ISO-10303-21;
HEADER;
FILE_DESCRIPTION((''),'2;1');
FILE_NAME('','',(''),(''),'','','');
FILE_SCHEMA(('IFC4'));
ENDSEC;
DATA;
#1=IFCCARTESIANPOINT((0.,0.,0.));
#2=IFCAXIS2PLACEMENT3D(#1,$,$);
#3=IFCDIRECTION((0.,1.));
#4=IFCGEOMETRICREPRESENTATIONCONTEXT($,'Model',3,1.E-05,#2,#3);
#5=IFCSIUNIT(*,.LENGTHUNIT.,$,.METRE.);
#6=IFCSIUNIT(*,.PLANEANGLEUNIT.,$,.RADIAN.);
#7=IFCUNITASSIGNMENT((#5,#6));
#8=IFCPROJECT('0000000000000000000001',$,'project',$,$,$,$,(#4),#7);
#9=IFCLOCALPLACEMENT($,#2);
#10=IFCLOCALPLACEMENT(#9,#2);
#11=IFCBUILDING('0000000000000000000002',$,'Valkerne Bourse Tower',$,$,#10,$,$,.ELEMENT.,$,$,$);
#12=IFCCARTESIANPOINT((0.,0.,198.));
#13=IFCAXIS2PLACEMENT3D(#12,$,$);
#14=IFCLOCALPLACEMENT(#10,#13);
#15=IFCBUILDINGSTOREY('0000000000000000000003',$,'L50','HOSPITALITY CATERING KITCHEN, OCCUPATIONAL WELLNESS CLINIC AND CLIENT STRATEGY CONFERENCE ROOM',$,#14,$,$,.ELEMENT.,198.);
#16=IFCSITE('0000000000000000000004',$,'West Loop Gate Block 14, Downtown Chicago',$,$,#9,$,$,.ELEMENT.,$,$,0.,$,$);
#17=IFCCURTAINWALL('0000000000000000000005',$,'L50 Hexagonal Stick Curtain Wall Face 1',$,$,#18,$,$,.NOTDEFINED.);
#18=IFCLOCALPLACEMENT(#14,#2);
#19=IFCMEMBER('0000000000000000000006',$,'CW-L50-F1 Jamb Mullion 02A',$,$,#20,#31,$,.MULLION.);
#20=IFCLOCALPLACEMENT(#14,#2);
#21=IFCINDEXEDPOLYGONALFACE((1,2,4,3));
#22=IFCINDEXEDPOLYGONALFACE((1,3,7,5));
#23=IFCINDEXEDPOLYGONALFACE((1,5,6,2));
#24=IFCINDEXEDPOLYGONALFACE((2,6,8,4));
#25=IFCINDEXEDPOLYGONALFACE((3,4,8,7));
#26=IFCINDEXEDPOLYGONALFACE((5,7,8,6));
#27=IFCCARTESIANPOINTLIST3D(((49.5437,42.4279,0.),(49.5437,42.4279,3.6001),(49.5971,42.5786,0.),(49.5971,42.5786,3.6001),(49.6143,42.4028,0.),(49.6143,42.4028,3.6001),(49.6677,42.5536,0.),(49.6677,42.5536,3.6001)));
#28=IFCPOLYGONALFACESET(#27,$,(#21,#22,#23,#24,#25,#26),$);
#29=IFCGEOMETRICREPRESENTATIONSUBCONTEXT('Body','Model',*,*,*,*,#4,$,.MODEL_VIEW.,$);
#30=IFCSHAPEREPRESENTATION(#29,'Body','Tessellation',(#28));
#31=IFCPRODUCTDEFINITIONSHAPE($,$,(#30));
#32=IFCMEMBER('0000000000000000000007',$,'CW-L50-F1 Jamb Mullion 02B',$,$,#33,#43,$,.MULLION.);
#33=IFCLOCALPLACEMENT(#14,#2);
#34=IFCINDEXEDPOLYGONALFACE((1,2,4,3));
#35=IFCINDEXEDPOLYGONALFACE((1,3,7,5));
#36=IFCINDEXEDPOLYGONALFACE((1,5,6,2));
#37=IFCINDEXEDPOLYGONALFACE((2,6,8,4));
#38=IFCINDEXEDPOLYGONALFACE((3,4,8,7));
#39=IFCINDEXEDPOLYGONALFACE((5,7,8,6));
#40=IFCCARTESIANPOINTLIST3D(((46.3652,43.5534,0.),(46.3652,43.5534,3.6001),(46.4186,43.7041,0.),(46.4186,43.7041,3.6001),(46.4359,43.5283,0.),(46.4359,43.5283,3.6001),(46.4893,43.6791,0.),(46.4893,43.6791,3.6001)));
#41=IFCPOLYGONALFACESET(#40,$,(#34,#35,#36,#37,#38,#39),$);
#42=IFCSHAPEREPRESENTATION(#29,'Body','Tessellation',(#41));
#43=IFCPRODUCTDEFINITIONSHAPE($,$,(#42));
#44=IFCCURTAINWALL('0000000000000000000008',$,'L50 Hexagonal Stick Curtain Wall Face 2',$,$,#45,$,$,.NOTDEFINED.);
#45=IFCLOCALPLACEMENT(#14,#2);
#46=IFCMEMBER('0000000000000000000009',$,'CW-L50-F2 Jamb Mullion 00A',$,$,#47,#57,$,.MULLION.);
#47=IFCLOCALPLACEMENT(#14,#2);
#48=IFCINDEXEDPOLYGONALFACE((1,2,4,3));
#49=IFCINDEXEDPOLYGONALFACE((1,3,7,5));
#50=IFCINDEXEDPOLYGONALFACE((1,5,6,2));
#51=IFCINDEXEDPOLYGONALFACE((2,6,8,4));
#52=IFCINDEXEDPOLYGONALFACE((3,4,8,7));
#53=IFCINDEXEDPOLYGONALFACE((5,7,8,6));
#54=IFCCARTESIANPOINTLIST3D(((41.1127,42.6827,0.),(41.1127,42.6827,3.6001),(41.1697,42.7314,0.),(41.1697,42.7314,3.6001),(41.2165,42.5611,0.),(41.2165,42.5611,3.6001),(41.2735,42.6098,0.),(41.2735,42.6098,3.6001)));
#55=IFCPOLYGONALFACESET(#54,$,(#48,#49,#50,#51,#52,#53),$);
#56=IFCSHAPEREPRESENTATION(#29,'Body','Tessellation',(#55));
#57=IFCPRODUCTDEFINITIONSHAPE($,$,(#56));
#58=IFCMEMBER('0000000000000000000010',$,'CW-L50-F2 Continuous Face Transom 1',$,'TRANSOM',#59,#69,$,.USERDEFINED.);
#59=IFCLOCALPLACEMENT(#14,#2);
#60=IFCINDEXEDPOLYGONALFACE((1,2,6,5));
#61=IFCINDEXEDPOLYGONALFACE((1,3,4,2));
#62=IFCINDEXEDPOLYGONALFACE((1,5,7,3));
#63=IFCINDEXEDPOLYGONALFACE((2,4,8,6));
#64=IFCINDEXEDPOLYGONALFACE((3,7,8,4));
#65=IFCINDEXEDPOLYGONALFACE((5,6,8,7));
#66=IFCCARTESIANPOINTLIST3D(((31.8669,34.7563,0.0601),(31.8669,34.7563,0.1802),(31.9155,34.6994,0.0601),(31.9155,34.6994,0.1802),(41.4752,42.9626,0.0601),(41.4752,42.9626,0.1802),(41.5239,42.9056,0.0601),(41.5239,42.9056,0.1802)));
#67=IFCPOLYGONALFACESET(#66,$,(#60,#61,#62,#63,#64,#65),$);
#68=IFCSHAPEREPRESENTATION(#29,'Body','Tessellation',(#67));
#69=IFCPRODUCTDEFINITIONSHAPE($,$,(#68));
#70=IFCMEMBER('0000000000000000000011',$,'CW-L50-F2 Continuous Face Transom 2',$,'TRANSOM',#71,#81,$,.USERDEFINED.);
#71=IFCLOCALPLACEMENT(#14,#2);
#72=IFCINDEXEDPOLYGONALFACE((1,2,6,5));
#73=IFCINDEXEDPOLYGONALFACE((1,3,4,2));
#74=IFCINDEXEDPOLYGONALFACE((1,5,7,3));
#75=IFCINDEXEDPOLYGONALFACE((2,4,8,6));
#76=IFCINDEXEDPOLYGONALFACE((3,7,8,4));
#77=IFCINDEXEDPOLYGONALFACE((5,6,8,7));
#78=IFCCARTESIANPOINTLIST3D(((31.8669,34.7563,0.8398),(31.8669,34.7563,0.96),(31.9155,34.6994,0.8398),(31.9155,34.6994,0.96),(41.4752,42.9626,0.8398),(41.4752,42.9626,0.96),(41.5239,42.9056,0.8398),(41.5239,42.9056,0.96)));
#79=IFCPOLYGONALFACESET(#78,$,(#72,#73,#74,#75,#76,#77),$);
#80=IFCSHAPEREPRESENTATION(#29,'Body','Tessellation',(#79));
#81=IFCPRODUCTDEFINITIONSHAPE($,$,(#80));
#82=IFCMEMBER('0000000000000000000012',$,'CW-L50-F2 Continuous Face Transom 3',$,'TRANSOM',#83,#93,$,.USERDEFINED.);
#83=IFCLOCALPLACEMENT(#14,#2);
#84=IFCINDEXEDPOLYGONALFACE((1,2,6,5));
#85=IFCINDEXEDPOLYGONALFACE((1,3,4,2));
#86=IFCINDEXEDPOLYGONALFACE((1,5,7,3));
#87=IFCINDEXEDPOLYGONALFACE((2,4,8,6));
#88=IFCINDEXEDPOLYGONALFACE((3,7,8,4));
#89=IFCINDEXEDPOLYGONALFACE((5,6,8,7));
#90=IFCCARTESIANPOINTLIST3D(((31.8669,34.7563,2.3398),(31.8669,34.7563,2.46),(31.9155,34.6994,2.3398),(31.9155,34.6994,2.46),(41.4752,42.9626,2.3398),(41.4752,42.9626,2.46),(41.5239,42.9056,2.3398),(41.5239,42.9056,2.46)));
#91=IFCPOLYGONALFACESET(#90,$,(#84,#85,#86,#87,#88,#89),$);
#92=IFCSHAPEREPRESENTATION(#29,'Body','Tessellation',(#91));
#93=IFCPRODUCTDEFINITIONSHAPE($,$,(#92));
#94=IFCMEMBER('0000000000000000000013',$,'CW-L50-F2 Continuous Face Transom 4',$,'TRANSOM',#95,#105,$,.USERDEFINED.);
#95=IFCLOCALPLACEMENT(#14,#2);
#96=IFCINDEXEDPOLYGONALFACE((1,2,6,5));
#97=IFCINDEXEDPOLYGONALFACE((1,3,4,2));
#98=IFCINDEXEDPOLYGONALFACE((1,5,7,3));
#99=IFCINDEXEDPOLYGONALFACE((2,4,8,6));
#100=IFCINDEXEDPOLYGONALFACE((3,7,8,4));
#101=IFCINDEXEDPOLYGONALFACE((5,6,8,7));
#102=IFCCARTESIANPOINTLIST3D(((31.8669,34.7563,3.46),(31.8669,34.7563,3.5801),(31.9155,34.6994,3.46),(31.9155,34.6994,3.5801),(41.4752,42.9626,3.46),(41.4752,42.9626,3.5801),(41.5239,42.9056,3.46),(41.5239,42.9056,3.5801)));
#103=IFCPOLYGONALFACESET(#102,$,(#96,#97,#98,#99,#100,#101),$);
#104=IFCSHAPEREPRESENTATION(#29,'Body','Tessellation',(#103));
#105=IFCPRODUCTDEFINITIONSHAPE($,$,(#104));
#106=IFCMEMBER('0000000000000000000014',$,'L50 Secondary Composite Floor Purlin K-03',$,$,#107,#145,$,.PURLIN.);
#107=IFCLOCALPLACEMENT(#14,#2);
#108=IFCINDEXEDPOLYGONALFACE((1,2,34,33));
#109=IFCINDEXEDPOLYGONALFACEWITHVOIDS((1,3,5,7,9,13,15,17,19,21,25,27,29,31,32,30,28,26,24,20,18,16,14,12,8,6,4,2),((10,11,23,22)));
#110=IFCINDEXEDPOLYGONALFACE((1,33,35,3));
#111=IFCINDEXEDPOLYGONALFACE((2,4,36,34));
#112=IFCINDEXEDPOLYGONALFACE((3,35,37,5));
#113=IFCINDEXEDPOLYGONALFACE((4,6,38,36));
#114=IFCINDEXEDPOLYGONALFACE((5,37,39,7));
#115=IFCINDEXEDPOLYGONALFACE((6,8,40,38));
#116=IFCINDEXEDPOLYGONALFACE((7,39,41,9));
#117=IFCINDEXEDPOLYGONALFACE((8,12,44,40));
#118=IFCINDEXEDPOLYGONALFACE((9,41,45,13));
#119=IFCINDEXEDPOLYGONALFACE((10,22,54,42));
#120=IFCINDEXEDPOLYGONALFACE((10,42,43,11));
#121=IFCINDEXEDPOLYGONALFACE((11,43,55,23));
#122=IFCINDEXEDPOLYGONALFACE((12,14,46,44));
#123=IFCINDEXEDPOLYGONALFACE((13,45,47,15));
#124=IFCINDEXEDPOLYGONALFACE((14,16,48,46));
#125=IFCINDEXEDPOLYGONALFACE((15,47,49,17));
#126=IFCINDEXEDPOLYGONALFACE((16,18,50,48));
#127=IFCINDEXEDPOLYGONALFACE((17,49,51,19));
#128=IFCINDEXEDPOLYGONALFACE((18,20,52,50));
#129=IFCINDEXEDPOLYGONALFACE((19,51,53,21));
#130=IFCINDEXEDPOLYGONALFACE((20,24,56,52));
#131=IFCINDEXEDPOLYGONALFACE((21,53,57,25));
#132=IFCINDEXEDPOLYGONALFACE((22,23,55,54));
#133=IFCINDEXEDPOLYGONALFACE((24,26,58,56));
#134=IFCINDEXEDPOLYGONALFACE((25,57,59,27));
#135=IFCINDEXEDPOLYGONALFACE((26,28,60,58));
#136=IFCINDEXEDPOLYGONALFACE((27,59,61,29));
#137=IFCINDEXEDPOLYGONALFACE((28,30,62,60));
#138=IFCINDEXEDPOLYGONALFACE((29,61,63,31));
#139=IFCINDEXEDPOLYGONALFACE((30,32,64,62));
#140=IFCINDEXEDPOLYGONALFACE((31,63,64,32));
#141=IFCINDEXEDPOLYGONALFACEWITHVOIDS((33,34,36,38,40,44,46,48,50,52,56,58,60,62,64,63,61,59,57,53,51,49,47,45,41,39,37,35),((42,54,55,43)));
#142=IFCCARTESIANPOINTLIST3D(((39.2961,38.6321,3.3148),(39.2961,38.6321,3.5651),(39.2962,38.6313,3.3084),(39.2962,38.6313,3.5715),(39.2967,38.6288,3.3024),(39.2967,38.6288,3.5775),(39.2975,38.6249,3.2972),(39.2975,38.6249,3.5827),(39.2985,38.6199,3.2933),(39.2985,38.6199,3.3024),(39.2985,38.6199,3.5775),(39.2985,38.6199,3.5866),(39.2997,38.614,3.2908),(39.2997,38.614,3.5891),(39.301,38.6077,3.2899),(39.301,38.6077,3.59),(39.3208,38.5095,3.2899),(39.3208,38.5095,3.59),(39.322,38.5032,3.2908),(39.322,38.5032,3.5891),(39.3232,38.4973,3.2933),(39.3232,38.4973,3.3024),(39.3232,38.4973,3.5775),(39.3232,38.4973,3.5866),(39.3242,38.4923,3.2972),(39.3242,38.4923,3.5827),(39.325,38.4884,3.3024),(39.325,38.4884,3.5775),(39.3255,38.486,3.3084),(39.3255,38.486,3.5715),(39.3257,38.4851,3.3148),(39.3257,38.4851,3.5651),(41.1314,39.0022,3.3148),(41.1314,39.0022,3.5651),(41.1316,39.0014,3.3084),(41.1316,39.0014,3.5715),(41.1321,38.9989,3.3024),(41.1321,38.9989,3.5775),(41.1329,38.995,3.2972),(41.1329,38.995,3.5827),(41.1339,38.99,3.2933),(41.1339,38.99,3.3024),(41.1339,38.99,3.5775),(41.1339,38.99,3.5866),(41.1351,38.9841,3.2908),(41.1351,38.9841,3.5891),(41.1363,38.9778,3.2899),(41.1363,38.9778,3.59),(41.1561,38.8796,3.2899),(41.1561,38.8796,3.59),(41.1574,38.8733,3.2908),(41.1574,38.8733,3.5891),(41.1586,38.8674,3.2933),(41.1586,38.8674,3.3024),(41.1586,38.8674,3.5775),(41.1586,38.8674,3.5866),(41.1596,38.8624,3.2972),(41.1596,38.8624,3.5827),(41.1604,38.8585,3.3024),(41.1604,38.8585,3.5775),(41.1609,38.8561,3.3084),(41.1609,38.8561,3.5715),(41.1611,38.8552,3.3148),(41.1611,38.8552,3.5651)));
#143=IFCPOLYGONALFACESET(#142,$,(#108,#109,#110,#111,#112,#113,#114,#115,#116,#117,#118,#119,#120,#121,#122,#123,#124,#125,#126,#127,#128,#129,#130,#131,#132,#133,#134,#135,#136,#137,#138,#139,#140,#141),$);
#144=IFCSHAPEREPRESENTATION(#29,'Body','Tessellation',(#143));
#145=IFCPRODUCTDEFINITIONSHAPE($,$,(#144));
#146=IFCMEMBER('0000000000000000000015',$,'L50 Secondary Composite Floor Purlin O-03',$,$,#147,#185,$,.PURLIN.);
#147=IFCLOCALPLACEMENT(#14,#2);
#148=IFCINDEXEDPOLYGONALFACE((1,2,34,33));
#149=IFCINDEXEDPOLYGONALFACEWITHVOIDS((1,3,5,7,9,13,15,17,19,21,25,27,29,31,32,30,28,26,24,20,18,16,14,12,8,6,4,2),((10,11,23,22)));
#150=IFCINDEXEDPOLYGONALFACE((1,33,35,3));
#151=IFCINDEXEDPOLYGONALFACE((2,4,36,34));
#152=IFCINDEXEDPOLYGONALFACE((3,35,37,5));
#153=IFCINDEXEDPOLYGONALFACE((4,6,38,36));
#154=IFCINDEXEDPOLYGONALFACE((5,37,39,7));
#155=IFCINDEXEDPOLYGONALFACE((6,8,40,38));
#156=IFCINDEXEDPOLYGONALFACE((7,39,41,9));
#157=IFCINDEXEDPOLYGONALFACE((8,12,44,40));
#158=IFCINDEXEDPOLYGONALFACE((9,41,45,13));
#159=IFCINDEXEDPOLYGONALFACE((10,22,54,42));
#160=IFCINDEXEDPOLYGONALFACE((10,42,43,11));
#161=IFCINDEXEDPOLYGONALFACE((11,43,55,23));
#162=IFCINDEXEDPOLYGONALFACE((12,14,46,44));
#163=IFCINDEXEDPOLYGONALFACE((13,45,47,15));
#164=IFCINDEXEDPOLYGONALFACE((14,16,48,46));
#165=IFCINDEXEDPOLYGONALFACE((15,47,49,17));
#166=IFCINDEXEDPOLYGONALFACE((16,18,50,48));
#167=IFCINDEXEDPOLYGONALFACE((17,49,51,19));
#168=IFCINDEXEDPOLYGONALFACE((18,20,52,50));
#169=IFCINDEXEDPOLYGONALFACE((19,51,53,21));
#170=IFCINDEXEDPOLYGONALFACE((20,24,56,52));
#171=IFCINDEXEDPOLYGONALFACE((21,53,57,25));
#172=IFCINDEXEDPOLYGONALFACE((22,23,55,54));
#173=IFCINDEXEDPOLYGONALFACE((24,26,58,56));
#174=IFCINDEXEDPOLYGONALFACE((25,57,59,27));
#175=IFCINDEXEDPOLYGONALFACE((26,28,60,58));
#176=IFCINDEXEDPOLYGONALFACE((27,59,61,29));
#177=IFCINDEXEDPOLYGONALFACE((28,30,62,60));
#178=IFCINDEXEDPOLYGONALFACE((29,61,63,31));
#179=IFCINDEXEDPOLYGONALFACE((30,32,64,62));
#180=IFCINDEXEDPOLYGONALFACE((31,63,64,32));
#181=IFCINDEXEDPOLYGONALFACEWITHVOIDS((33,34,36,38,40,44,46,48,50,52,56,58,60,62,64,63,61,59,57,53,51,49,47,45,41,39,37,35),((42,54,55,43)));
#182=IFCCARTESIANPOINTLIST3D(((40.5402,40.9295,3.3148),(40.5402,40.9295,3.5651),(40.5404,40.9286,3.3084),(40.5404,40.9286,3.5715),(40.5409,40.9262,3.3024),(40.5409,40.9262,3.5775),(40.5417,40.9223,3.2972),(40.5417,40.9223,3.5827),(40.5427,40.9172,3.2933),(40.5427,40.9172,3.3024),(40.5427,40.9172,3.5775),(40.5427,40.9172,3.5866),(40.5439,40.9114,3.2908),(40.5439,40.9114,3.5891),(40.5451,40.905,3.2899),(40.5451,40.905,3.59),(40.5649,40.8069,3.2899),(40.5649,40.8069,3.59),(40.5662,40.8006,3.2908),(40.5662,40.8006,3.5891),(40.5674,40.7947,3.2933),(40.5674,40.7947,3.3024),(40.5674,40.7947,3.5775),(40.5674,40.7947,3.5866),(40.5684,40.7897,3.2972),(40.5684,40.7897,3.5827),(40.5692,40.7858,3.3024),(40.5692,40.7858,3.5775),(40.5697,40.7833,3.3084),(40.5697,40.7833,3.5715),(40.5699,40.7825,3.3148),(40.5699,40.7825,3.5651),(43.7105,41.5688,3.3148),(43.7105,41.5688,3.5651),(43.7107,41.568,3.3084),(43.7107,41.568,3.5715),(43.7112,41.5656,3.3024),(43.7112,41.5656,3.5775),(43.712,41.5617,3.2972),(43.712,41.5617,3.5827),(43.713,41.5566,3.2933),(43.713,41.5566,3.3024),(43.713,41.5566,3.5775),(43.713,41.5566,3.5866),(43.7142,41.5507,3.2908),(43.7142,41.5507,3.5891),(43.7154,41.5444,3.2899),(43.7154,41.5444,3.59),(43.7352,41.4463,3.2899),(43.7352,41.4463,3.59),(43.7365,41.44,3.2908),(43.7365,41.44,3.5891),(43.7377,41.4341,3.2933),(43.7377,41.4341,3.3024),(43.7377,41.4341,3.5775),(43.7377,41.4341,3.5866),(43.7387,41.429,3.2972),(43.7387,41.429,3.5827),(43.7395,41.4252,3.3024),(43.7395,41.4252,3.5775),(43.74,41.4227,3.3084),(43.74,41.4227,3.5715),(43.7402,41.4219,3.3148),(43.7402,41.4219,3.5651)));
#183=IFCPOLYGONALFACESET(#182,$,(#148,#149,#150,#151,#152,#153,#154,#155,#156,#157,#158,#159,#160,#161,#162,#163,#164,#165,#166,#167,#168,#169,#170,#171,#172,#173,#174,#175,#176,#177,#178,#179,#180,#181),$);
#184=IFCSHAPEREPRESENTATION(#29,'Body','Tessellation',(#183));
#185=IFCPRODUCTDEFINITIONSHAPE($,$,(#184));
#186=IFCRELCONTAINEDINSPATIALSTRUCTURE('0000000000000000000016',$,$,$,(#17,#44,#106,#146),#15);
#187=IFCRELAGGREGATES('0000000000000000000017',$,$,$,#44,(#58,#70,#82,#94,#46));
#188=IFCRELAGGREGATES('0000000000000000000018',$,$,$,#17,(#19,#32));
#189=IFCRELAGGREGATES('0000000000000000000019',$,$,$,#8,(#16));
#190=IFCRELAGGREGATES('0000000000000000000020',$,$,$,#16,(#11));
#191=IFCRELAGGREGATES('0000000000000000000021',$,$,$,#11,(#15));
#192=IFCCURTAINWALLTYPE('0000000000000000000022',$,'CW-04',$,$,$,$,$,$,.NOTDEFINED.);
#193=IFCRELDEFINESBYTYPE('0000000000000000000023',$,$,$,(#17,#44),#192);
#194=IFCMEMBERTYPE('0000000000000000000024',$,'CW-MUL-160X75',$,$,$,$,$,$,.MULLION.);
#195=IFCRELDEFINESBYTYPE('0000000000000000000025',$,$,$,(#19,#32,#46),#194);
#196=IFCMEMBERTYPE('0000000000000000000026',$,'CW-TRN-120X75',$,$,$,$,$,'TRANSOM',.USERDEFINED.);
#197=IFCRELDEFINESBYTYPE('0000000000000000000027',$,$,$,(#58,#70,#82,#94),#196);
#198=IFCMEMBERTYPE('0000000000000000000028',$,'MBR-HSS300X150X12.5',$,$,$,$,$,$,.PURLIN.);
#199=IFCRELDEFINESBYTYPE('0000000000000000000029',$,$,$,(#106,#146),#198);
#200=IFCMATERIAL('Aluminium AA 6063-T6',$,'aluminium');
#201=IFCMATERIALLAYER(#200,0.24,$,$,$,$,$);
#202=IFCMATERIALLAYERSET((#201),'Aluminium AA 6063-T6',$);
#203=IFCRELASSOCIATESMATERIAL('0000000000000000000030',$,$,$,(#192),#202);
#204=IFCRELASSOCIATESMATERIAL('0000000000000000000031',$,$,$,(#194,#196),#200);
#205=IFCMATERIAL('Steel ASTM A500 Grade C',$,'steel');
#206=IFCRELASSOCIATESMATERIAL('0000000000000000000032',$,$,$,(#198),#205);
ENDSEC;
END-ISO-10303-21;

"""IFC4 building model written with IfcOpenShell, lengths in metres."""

from ifc_helpers import new_model, si_unit, direction, frame, origin, origin_2d, place, context, subcontext, project, spatial, rectangle, hollow_rectangle, extrude, material, layer, layer_set, material_profile, profile_set, type_object, element, aggregate, save


model = new_model("IFC4")

# Units and contexts
model_context = context("Model", 3, precision=1e-05, world=origin(), true_north=direction((0.0, 1.0)))
body_context = subcontext(model_context, "Body", "Model", "MODEL_VIEW")
ifc_project = project(units=[si_unit("LENGTHUNIT", "METRE"), si_unit("PLANEANGLEUNIT", "RADIAN")], contexts=[model_context])

# Site, building, storey
site_placement = place(None, origin())
site = spatial("IfcSite", under=ifc_project, at=site_placement, Name="West Loop Gate Block 14, Downtown Chicago", CompositionType="ELEMENT", RefElevation=0.0)
building_placement = place(site_placement, origin())
building = spatial("IfcBuilding", under=site, at=building_placement, Name="Valkerne Bourse Tower", CompositionType="ELEMENT")
storey_placement = place(building_placement, frame((0.0, 0.0, 198.0)))
storey = spatial("IfcBuildingStorey", under=building, at=storey_placement, Name="L50", Description="HOSPITALITY CATERING KITCHEN, OCCUPATIONAL WELLNESS CLINIC AND CLIENT STRATEGY CONFERENCE ROOM", CompositionType="ELEMENT", Elevation=198.0)

# Curtain walls, members
ifc_material_1 = material(Name="Aluminium AA 6063-T6", Category="aluminium")
ifc_layer_1 = layer(ifc_material_1, 0.24)
ifc_layer_set_1 = layer_set([ifc_layer_1], Name="Aluminium AA 6063-T6")
curtain_wall_type = type_object("IfcCurtainWallType", Name="CW-04", PredefinedType="NOTDEFINED", material=ifc_layer_set_1)
curtain_wall_1_placement = place(storey_placement, origin())
curtain_wall_1 = element("IfcCurtainWall", 1, at=curtain_wall_1_placement, inside=storey, type_object=curtain_wall_type, Name="L50 Hexagonal Stick Curtain Wall Face 1", PredefinedType="NOTDEFINED")
ifc_material_profile_1 = material_profile(ifc_material_1, rectangle(XDim=0.075, YDim=0.1599, at=origin_2d()), Name="CWM-75X160")
ifc_profile_set_1 = profile_set([ifc_material_profile_1], Name="Aluminium AA 6063-T6")
member_type_1 = type_object("IfcMemberType", Name="CW-MUL-160X75", PredefinedType="MULLION", material=ifc_profile_set_1)
member_1_placement = place(storey_placement, frame((49.6057, 42.4907, 0.0), z_axis=(0.0, 0.0, 1.0), x_axis=(-0.942641, 0.333808, 0.0)))
member_1 = element("IfcMember", 2, at=member_1_placement, type_object=member_type_1, Name="CW-L50-F1 Jamb Mullion 02A", PredefinedType="MULLION", context=body_context, shape_type="SweptSolid", body=[
    extrude(rectangle(XDim=0.075, YDim=0.1599, at=origin_2d()), origin(), (0.0, 0.0, 1.0), 3.6001),
])
member_2_placement = place(storey_placement, frame((46.4272, 43.6162, 0.0), z_axis=(0.0, 0.0, 1.0), x_axis=(-0.942641, 0.333808, 0.0)))
member_2 = element("IfcMember", 3, at=member_2_placement, type_object=member_type_1, Name="CW-L50-F1 Jamb Mullion 02B", PredefinedType="MULLION", context=body_context, shape_type="SweptSolid", body=[
    extrude(rectangle(XDim=0.075, YDim=0.1599, at=origin_2d()), origin(), (0.0, 0.0, 1.0), 3.6001),
])
curtain_wall_2_placement = place(storey_placement, origin())
curtain_wall_2 = element("IfcCurtainWall", 4, at=curtain_wall_2_placement, inside=storey, type_object=curtain_wall_type, Name="L50 Hexagonal Stick Curtain Wall Face 2", PredefinedType="NOTDEFINED")
member_3_placement = place(storey_placement, frame((41.1931, 42.6462, 0.0), z_axis=(0.0, 0.0, 1.0), x_axis=(-0.760412, -0.649441, 0.0)))
member_3 = element("IfcMember", 5, at=member_3_placement, type_object=member_type_1, Name="CW-L50-F2 Jamb Mullion 00A", PredefinedType="MULLION", context=body_context, shape_type="SweptSolid", body=[
    extrude(rectangle(XDim=0.075, YDim=0.1599, at=origin_2d()), origin(), (0.0, 0.0, 1.0), 3.6001),
])
ifc_material_profile_2 = material_profile(ifc_material_1, rectangle(XDim=0.075, YDim=0.1201, at=origin_2d()), Name="CWT-75X120")
ifc_profile_set_2 = profile_set([ifc_material_profile_2], Name="Aluminium AA 6063-T6")
member_type_2 = type_object("IfcMemberType", Name="CW-TRN-120X75", ElementType="TRANSOM", PredefinedType="USERDEFINED", material=ifc_profile_set_2)
member_4_placement = place(storey_placement, frame((41.4995, 42.9341, 0.1201), z_axis=(-0.760408, -0.649446, 0.0), x_axis=(0.649446, -0.760408, 0.0)))
member_4 = element("IfcMember", 6, at=member_4_placement, type_object=member_type_2, Name="CW-L50-F2 Continuous Face Transom 1", ObjectType="TRANSOM", PredefinedType="USERDEFINED", context=body_context, shape_type="SweptSolid", body=[
    extrude(rectangle(XDim=0.075, YDim=0.1201, at=origin_2d()), origin(), (0.0, 0.0, 1.0), 12.6357),
])
member_5_placement = place(storey_placement, frame((41.4995, 42.9341, 0.8999), z_axis=(-0.760408, -0.649446, 0.0), x_axis=(0.649446, -0.760408, 0.0)))
member_5 = element("IfcMember", 7, at=member_5_placement, type_object=member_type_2, Name="CW-L50-F2 Continuous Face Transom 2", ObjectType="TRANSOM", PredefinedType="USERDEFINED", context=body_context, shape_type="SweptSolid", body=[
    extrude(rectangle(XDim=0.075, YDim=0.1201, at=origin_2d()), origin(), (0.0, 0.0, 1.0), 12.6357),
])
member_6_placement = place(storey_placement, frame((41.4995, 42.9341, 2.3999), z_axis=(-0.760408, -0.649446, 0.0), x_axis=(0.649446, -0.760408, 0.0)))
member_6 = element("IfcMember", 8, at=member_6_placement, type_object=member_type_2, Name="CW-L50-F2 Continuous Face Transom 3", ObjectType="TRANSOM", PredefinedType="USERDEFINED", context=body_context, shape_type="SweptSolid", body=[
    extrude(rectangle(XDim=0.075, YDim=0.1201, at=origin_2d()), origin(), (0.0, 0.0, 1.0), 12.6357),
])
member_7_placement = place(storey_placement, frame((41.4995, 42.9341, 3.52), z_axis=(-0.760408, -0.649446, 0.0), x_axis=(0.649446, -0.760408, 0.0)))
member_7 = element("IfcMember", 9, at=member_7_placement, type_object=member_type_2, Name="CW-L50-F2 Continuous Face Transom 4", ObjectType="TRANSOM", PredefinedType="USERDEFINED", context=body_context, shape_type="SweptSolid", body=[
    extrude(rectangle(XDim=0.075, YDim=0.1201, at=origin_2d()), origin(), (0.0, 0.0, 1.0), 12.6357),
])
aggregate(curtain_wall_2, [member_4, member_5, member_6, member_7, member_3])

# Members
ifc_material_2 = material(Name="Steel ASTM A500 Grade C", Category="steel")
ifc_material_profile_3 = material_profile(ifc_material_2, hollow_rectangle(XDim=0.1499, YDim=0.3, WallThickness=0.0125, OuterFilletRadius=0.0249, at=origin_2d()), Name="HSS300X150X12.5")
ifc_profile_set_3 = profile_set([ifc_material_profile_3], Name="Steel ASTM A500 Grade C")
member_type_3 = type_object("IfcMemberType", Name="MBR-HSS300X150X12.5", PredefinedType="PURLIN", material=ifc_profile_set_3)
member_8_placement = place(storey_placement, frame((41.1462, 38.9287, 3.4399), z_axis=(-0.980269, -0.197671, 0.0), x_axis=(0.197671, -0.980269, 0.0)))
element("IfcMember", 10, at=member_8_placement, inside=storey, type_object=member_type_3, Name="L50 Secondary Composite Floor Purlin K-03", PredefinedType="PURLIN", context=body_context, shape_type="SweptSolid", body=[
    extrude(hollow_rectangle(XDim=0.1499, YDim=0.3, WallThickness=0.0125, OuterFilletRadius=0.0249, at=origin_2d()), origin(), (0.0, 0.0, 1.0), 1.8723),
])
member_9_placement = place(storey_placement, frame((43.7253, 41.4954, 3.4399), z_axis=(-0.980263, -0.197698, 0.0), x_axis=(0.197698, -0.980263, 0.0)))
element("IfcMember", 11, at=member_9_placement, inside=storey, type_object=member_type_3, Name="L50 Secondary Composite Floor Purlin O-03", PredefinedType="PURLIN", context=body_context, shape_type="SweptSolid", body=[
    extrude(hollow_rectangle(XDim=0.1499, YDim=0.3, WallThickness=0.0125, OuterFilletRadius=0.0249, at=origin_2d()), origin(), (0.0, 0.0, 1.0), 3.2341),
])

aggregate(curtain_wall_1, [member_1, member_2])

save(model, "model.ifc")
